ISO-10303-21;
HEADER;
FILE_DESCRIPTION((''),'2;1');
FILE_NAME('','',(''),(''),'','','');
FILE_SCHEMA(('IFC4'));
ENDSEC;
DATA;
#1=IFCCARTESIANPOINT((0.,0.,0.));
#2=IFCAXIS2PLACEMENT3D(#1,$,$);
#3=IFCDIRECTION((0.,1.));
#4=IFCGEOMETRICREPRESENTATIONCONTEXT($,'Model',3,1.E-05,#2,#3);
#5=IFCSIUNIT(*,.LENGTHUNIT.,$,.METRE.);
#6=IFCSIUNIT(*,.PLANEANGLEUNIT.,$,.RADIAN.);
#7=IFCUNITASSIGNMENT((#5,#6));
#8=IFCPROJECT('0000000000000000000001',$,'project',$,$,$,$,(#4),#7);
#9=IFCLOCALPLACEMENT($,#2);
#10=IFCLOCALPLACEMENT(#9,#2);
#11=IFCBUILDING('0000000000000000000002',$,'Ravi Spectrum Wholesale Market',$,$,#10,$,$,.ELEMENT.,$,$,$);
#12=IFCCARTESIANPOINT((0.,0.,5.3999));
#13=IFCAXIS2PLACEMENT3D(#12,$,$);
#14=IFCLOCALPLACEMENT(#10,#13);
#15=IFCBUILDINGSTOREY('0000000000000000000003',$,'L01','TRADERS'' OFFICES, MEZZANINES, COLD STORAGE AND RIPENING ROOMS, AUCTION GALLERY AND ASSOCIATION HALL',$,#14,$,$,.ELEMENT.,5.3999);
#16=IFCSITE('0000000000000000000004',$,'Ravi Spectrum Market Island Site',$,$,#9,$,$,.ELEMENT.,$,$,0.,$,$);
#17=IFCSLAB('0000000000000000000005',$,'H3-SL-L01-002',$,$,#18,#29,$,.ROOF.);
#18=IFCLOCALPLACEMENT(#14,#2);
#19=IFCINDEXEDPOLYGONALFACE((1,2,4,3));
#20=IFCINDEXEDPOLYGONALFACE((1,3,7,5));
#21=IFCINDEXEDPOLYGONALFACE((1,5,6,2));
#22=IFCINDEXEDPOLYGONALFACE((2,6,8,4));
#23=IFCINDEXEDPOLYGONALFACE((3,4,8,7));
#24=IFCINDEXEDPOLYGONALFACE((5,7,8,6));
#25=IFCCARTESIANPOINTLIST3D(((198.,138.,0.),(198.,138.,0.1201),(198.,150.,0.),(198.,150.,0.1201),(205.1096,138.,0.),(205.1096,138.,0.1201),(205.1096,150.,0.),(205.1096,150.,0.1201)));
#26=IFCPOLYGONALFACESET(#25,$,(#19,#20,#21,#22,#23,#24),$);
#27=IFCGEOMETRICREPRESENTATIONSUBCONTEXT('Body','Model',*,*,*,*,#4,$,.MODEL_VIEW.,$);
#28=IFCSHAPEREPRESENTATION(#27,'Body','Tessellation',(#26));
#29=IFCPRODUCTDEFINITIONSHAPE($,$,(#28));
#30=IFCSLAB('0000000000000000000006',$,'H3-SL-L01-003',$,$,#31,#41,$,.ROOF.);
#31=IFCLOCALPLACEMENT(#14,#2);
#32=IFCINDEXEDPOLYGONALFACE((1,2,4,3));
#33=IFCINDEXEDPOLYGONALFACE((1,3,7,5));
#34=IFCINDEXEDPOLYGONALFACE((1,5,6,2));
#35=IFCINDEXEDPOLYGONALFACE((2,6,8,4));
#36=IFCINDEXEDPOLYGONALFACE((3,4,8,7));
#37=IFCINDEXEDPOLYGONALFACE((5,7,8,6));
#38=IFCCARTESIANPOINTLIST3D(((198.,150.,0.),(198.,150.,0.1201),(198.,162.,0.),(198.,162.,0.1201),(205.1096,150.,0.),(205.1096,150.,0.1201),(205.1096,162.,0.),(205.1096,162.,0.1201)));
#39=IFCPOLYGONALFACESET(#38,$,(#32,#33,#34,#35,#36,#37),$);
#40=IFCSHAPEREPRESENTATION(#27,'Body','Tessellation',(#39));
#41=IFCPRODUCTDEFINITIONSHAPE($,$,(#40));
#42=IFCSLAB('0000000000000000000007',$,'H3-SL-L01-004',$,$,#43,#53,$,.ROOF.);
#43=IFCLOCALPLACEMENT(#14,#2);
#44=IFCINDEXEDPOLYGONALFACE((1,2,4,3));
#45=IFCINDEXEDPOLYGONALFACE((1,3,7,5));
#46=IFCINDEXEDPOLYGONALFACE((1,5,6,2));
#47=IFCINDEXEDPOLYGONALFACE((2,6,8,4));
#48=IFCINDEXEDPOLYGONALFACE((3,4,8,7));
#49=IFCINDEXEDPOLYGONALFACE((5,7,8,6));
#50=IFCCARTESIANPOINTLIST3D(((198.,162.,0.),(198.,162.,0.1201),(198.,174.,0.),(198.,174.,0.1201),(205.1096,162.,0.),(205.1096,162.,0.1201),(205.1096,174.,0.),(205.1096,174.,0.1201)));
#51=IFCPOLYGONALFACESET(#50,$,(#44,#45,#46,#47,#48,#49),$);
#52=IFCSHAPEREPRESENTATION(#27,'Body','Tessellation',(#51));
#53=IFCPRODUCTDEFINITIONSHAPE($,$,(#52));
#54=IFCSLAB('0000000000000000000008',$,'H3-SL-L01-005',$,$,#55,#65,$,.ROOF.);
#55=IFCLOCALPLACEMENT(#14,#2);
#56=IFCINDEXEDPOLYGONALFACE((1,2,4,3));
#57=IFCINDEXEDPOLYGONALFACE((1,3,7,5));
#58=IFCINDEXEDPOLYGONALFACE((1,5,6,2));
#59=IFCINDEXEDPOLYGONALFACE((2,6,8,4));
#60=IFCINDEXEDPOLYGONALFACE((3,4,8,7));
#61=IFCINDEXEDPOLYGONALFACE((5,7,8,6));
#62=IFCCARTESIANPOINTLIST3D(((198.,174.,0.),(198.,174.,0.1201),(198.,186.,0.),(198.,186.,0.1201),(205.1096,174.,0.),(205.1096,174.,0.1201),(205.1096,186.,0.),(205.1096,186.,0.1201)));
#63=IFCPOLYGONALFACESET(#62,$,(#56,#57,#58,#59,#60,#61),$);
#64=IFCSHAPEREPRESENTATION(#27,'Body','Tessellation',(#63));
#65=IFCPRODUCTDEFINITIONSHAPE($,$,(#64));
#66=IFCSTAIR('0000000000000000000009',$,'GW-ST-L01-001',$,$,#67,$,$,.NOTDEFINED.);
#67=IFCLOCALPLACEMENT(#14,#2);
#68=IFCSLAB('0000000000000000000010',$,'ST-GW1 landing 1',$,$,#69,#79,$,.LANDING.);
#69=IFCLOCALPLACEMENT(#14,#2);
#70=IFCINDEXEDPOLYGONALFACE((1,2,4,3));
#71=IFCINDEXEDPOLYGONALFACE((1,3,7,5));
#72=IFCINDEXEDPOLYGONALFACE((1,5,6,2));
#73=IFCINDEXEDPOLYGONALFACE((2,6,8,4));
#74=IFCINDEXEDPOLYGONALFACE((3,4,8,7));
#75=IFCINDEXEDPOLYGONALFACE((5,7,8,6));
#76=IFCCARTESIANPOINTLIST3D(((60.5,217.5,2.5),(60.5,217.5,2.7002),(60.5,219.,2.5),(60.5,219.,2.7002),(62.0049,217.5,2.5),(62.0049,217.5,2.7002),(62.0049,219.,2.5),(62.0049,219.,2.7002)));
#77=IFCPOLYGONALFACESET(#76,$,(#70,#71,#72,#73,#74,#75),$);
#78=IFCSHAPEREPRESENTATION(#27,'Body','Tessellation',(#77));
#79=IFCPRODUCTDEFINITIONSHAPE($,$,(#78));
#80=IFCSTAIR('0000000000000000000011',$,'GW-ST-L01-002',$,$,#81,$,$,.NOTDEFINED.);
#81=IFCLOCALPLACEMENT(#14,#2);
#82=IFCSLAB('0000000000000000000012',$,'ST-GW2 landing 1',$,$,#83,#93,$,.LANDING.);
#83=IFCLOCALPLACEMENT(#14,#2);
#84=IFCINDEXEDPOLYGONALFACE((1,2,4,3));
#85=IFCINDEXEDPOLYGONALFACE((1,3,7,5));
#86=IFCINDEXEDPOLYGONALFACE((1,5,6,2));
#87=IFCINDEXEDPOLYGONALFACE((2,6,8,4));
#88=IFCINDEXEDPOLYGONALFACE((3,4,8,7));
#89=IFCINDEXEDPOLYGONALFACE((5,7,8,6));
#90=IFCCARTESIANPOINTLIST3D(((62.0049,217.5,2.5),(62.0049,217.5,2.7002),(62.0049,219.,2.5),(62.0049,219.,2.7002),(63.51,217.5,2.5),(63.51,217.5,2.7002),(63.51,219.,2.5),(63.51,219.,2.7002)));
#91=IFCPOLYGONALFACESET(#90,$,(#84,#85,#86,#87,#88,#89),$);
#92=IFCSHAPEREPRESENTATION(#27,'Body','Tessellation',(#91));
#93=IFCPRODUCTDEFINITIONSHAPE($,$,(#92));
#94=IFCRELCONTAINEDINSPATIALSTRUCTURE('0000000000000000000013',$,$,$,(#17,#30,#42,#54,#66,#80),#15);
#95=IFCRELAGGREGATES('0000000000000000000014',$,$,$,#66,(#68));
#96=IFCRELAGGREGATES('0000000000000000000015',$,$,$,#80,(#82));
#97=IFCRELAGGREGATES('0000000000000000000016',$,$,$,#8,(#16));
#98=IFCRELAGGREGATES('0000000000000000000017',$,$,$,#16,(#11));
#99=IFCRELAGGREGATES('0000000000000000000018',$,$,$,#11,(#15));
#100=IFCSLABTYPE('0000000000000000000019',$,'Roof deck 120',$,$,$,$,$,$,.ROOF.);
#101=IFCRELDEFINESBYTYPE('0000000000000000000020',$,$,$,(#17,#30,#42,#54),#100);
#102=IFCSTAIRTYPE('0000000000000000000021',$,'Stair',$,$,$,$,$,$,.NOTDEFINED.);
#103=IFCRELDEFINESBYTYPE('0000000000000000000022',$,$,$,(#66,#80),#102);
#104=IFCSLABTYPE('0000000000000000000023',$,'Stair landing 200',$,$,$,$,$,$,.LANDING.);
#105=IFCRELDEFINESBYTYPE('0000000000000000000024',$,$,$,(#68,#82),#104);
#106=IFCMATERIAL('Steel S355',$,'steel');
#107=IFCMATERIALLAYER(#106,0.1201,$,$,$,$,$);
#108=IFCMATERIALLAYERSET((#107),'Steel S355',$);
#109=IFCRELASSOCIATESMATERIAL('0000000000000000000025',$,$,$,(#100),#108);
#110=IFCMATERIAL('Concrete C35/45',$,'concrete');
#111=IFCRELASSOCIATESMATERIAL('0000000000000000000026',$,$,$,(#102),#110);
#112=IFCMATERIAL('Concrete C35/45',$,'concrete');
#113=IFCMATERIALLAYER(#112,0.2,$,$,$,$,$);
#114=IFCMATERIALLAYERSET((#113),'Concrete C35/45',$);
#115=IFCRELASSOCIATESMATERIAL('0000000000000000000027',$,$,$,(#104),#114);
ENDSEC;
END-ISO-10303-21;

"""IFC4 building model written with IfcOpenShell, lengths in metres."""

from ifc_helpers import new_model, si_unit, direction, frame, origin, place, context, subcontext, project, spatial, polyline, outline, extrude, material, layer, layer_set, type_object, element, aggregate, save


model = new_model("IFC4")

# Units and contexts
model_context = context("Model", 3, precision=1e-05, world=origin(), true_north=direction((0.0, 1.0)))
body_context = subcontext(model_context, "Body", "Model", "MODEL_VIEW")
ifc_project = project(units=[si_unit("LENGTHUNIT", "METRE"), si_unit("PLANEANGLEUNIT", "RADIAN")], contexts=[model_context])

# Site, building, storey
site_placement = place(None, origin())
site = spatial("IfcSite", under=ifc_project, at=site_placement, Name="Ravi Spectrum Market Island Site", CompositionType="ELEMENT", RefElevation=0.0)
building_placement = place(site_placement, origin())
building = spatial("IfcBuilding", under=site, at=building_placement, Name="Ravi Spectrum Wholesale Market", CompositionType="ELEMENT")
storey_placement = place(building_placement, frame((0.0, 0.0, 5.3999)))
storey = spatial("IfcBuildingStorey", under=building, at=storey_placement, Name="L01", Description="TRADERS' OFFICES, MEZZANINES, COLD STORAGE AND RIPENING ROOMS, AUCTION GALLERY AND ASSOCIATION HALL", CompositionType="ELEMENT", Elevation=5.3999)

# Slabs
ifc_material_1 = material(Name="Steel S355", Category="steel")
ifc_layer_1 = layer(ifc_material_1, 0.1201)
ifc_layer_set_1 = layer_set([ifc_layer_1], Name="Steel S355")
slab_type_1 = type_object("IfcSlabType", Name="Roof deck 120", PredefinedType="ROOF", material=ifc_layer_set_1)
slab_1_placement = place(storey_placement, origin())
element("IfcSlab", 1, at=slab_1_placement, inside=storey, type_object=slab_type_1, Name="H3-SL-L01-002", PredefinedType="ROOF", context=body_context, shape_type="SweptSolid", body=[
    extrude(outline(polyline([(198.0, 138.0), (205.1096, 138.0), (205.1096, 150.0), (198.0, 150.0), (198.0, 138.0)])), origin(), (0.0, 0.0, 1.0), 0.1201),
])
slab_2_placement = place(storey_placement, origin())
element("IfcSlab", 2, at=slab_2_placement, inside=storey, type_object=slab_type_1, Name="H3-SL-L01-003", PredefinedType="ROOF", context=body_context, shape_type="SweptSolid", body=[
    extrude(outline(polyline([(198.0, 150.0), (205.1096, 150.0), (205.1096, 162.0), (198.0, 162.0), (198.0, 150.0)])), origin(), (0.0, 0.0, 1.0), 0.1201),
])
slab_3_placement = place(storey_placement, origin())
element("IfcSlab", 3, at=slab_3_placement, inside=storey, type_object=slab_type_1, Name="H3-SL-L01-004", PredefinedType="ROOF", context=body_context, shape_type="SweptSolid", body=[
    extrude(outline(polyline([(198.0, 162.0), (205.1096, 162.0), (205.1096, 174.0), (198.0, 174.0), (198.0, 162.0)])), origin(), (0.0, 0.0, 1.0), 0.1201),
])
slab_4_placement = place(storey_placement, origin())
element("IfcSlab", 4, at=slab_4_placement, inside=storey, type_object=slab_type_1, Name="H3-SL-L01-005", PredefinedType="ROOF", context=body_context, shape_type="SweptSolid", body=[
    extrude(outline(polyline([(198.0, 174.0), (205.1096, 174.0), (205.1096, 186.0), (198.0, 186.0), (198.0, 174.0)])), origin(), (0.0, 0.0, 1.0), 0.1201),
])

# Stairs, slabs
ifc_material_2 = material(Name="Concrete C35/45", Category="concrete")
stair_type = type_object("IfcStairType", Name="Stair", PredefinedType="NOTDEFINED", material=ifc_material_2)
stair_1_placement = place(storey_placement, origin())
stair_1 = element("IfcStair", 5, at=stair_1_placement, inside=storey, type_object=stair_type, Name="GW-ST-L01-001", PredefinedType="NOTDEFINED")
ifc_material_3 = material(Name="Concrete C35/45", Category="concrete")
ifc_layer_2 = layer(ifc_material_3, 0.2)
ifc_layer_set_2 = layer_set([ifc_layer_2], Name="Concrete C35/45")
slab_type_2 = type_object("IfcSlabType", Name="Stair landing 200", PredefinedType="LANDING", material=ifc_layer_set_2)
slab_5_placement = place(storey_placement, frame((0.0, 0.0, 2.5)))
slab_5 = element("IfcSlab", 6, at=slab_5_placement, type_object=slab_type_2, Name="ST-GW1 landing 1", PredefinedType="LANDING", context=body_context, shape_type="SweptSolid", body=[
    extrude(outline(polyline([(60.5, 217.5), (62.0049, 217.5), (62.0049, 219.0), (60.5, 219.0), (60.5, 217.5)])), origin(), (0.0, 0.0, 1.0), 0.2002),
])
aggregate(stair_1, [slab_5])
stair_2_placement = place(storey_placement, origin())
stair_2 = element("IfcStair", 7, at=stair_2_placement, inside=storey, type_object=stair_type, Name="GW-ST-L01-002", PredefinedType="NOTDEFINED")
slab_6_placement = place(storey_placement, frame((0.0, 0.0, 2.5)))
slab_6 = element("IfcSlab", 8, at=slab_6_placement, type_object=slab_type_2, Name="ST-GW2 landing 1", PredefinedType="LANDING", context=body_context, shape_type="SweptSolid", body=[
    extrude(outline(polyline([(62.0049, 217.5), (63.51, 217.5), (63.51, 219.0), (62.0049, 219.0), (62.0049, 217.5)])), origin(), (0.0, 0.0, 1.0), 0.2002),
])
aggregate(stair_2, [slab_6])

save(model, "model.ifc")
